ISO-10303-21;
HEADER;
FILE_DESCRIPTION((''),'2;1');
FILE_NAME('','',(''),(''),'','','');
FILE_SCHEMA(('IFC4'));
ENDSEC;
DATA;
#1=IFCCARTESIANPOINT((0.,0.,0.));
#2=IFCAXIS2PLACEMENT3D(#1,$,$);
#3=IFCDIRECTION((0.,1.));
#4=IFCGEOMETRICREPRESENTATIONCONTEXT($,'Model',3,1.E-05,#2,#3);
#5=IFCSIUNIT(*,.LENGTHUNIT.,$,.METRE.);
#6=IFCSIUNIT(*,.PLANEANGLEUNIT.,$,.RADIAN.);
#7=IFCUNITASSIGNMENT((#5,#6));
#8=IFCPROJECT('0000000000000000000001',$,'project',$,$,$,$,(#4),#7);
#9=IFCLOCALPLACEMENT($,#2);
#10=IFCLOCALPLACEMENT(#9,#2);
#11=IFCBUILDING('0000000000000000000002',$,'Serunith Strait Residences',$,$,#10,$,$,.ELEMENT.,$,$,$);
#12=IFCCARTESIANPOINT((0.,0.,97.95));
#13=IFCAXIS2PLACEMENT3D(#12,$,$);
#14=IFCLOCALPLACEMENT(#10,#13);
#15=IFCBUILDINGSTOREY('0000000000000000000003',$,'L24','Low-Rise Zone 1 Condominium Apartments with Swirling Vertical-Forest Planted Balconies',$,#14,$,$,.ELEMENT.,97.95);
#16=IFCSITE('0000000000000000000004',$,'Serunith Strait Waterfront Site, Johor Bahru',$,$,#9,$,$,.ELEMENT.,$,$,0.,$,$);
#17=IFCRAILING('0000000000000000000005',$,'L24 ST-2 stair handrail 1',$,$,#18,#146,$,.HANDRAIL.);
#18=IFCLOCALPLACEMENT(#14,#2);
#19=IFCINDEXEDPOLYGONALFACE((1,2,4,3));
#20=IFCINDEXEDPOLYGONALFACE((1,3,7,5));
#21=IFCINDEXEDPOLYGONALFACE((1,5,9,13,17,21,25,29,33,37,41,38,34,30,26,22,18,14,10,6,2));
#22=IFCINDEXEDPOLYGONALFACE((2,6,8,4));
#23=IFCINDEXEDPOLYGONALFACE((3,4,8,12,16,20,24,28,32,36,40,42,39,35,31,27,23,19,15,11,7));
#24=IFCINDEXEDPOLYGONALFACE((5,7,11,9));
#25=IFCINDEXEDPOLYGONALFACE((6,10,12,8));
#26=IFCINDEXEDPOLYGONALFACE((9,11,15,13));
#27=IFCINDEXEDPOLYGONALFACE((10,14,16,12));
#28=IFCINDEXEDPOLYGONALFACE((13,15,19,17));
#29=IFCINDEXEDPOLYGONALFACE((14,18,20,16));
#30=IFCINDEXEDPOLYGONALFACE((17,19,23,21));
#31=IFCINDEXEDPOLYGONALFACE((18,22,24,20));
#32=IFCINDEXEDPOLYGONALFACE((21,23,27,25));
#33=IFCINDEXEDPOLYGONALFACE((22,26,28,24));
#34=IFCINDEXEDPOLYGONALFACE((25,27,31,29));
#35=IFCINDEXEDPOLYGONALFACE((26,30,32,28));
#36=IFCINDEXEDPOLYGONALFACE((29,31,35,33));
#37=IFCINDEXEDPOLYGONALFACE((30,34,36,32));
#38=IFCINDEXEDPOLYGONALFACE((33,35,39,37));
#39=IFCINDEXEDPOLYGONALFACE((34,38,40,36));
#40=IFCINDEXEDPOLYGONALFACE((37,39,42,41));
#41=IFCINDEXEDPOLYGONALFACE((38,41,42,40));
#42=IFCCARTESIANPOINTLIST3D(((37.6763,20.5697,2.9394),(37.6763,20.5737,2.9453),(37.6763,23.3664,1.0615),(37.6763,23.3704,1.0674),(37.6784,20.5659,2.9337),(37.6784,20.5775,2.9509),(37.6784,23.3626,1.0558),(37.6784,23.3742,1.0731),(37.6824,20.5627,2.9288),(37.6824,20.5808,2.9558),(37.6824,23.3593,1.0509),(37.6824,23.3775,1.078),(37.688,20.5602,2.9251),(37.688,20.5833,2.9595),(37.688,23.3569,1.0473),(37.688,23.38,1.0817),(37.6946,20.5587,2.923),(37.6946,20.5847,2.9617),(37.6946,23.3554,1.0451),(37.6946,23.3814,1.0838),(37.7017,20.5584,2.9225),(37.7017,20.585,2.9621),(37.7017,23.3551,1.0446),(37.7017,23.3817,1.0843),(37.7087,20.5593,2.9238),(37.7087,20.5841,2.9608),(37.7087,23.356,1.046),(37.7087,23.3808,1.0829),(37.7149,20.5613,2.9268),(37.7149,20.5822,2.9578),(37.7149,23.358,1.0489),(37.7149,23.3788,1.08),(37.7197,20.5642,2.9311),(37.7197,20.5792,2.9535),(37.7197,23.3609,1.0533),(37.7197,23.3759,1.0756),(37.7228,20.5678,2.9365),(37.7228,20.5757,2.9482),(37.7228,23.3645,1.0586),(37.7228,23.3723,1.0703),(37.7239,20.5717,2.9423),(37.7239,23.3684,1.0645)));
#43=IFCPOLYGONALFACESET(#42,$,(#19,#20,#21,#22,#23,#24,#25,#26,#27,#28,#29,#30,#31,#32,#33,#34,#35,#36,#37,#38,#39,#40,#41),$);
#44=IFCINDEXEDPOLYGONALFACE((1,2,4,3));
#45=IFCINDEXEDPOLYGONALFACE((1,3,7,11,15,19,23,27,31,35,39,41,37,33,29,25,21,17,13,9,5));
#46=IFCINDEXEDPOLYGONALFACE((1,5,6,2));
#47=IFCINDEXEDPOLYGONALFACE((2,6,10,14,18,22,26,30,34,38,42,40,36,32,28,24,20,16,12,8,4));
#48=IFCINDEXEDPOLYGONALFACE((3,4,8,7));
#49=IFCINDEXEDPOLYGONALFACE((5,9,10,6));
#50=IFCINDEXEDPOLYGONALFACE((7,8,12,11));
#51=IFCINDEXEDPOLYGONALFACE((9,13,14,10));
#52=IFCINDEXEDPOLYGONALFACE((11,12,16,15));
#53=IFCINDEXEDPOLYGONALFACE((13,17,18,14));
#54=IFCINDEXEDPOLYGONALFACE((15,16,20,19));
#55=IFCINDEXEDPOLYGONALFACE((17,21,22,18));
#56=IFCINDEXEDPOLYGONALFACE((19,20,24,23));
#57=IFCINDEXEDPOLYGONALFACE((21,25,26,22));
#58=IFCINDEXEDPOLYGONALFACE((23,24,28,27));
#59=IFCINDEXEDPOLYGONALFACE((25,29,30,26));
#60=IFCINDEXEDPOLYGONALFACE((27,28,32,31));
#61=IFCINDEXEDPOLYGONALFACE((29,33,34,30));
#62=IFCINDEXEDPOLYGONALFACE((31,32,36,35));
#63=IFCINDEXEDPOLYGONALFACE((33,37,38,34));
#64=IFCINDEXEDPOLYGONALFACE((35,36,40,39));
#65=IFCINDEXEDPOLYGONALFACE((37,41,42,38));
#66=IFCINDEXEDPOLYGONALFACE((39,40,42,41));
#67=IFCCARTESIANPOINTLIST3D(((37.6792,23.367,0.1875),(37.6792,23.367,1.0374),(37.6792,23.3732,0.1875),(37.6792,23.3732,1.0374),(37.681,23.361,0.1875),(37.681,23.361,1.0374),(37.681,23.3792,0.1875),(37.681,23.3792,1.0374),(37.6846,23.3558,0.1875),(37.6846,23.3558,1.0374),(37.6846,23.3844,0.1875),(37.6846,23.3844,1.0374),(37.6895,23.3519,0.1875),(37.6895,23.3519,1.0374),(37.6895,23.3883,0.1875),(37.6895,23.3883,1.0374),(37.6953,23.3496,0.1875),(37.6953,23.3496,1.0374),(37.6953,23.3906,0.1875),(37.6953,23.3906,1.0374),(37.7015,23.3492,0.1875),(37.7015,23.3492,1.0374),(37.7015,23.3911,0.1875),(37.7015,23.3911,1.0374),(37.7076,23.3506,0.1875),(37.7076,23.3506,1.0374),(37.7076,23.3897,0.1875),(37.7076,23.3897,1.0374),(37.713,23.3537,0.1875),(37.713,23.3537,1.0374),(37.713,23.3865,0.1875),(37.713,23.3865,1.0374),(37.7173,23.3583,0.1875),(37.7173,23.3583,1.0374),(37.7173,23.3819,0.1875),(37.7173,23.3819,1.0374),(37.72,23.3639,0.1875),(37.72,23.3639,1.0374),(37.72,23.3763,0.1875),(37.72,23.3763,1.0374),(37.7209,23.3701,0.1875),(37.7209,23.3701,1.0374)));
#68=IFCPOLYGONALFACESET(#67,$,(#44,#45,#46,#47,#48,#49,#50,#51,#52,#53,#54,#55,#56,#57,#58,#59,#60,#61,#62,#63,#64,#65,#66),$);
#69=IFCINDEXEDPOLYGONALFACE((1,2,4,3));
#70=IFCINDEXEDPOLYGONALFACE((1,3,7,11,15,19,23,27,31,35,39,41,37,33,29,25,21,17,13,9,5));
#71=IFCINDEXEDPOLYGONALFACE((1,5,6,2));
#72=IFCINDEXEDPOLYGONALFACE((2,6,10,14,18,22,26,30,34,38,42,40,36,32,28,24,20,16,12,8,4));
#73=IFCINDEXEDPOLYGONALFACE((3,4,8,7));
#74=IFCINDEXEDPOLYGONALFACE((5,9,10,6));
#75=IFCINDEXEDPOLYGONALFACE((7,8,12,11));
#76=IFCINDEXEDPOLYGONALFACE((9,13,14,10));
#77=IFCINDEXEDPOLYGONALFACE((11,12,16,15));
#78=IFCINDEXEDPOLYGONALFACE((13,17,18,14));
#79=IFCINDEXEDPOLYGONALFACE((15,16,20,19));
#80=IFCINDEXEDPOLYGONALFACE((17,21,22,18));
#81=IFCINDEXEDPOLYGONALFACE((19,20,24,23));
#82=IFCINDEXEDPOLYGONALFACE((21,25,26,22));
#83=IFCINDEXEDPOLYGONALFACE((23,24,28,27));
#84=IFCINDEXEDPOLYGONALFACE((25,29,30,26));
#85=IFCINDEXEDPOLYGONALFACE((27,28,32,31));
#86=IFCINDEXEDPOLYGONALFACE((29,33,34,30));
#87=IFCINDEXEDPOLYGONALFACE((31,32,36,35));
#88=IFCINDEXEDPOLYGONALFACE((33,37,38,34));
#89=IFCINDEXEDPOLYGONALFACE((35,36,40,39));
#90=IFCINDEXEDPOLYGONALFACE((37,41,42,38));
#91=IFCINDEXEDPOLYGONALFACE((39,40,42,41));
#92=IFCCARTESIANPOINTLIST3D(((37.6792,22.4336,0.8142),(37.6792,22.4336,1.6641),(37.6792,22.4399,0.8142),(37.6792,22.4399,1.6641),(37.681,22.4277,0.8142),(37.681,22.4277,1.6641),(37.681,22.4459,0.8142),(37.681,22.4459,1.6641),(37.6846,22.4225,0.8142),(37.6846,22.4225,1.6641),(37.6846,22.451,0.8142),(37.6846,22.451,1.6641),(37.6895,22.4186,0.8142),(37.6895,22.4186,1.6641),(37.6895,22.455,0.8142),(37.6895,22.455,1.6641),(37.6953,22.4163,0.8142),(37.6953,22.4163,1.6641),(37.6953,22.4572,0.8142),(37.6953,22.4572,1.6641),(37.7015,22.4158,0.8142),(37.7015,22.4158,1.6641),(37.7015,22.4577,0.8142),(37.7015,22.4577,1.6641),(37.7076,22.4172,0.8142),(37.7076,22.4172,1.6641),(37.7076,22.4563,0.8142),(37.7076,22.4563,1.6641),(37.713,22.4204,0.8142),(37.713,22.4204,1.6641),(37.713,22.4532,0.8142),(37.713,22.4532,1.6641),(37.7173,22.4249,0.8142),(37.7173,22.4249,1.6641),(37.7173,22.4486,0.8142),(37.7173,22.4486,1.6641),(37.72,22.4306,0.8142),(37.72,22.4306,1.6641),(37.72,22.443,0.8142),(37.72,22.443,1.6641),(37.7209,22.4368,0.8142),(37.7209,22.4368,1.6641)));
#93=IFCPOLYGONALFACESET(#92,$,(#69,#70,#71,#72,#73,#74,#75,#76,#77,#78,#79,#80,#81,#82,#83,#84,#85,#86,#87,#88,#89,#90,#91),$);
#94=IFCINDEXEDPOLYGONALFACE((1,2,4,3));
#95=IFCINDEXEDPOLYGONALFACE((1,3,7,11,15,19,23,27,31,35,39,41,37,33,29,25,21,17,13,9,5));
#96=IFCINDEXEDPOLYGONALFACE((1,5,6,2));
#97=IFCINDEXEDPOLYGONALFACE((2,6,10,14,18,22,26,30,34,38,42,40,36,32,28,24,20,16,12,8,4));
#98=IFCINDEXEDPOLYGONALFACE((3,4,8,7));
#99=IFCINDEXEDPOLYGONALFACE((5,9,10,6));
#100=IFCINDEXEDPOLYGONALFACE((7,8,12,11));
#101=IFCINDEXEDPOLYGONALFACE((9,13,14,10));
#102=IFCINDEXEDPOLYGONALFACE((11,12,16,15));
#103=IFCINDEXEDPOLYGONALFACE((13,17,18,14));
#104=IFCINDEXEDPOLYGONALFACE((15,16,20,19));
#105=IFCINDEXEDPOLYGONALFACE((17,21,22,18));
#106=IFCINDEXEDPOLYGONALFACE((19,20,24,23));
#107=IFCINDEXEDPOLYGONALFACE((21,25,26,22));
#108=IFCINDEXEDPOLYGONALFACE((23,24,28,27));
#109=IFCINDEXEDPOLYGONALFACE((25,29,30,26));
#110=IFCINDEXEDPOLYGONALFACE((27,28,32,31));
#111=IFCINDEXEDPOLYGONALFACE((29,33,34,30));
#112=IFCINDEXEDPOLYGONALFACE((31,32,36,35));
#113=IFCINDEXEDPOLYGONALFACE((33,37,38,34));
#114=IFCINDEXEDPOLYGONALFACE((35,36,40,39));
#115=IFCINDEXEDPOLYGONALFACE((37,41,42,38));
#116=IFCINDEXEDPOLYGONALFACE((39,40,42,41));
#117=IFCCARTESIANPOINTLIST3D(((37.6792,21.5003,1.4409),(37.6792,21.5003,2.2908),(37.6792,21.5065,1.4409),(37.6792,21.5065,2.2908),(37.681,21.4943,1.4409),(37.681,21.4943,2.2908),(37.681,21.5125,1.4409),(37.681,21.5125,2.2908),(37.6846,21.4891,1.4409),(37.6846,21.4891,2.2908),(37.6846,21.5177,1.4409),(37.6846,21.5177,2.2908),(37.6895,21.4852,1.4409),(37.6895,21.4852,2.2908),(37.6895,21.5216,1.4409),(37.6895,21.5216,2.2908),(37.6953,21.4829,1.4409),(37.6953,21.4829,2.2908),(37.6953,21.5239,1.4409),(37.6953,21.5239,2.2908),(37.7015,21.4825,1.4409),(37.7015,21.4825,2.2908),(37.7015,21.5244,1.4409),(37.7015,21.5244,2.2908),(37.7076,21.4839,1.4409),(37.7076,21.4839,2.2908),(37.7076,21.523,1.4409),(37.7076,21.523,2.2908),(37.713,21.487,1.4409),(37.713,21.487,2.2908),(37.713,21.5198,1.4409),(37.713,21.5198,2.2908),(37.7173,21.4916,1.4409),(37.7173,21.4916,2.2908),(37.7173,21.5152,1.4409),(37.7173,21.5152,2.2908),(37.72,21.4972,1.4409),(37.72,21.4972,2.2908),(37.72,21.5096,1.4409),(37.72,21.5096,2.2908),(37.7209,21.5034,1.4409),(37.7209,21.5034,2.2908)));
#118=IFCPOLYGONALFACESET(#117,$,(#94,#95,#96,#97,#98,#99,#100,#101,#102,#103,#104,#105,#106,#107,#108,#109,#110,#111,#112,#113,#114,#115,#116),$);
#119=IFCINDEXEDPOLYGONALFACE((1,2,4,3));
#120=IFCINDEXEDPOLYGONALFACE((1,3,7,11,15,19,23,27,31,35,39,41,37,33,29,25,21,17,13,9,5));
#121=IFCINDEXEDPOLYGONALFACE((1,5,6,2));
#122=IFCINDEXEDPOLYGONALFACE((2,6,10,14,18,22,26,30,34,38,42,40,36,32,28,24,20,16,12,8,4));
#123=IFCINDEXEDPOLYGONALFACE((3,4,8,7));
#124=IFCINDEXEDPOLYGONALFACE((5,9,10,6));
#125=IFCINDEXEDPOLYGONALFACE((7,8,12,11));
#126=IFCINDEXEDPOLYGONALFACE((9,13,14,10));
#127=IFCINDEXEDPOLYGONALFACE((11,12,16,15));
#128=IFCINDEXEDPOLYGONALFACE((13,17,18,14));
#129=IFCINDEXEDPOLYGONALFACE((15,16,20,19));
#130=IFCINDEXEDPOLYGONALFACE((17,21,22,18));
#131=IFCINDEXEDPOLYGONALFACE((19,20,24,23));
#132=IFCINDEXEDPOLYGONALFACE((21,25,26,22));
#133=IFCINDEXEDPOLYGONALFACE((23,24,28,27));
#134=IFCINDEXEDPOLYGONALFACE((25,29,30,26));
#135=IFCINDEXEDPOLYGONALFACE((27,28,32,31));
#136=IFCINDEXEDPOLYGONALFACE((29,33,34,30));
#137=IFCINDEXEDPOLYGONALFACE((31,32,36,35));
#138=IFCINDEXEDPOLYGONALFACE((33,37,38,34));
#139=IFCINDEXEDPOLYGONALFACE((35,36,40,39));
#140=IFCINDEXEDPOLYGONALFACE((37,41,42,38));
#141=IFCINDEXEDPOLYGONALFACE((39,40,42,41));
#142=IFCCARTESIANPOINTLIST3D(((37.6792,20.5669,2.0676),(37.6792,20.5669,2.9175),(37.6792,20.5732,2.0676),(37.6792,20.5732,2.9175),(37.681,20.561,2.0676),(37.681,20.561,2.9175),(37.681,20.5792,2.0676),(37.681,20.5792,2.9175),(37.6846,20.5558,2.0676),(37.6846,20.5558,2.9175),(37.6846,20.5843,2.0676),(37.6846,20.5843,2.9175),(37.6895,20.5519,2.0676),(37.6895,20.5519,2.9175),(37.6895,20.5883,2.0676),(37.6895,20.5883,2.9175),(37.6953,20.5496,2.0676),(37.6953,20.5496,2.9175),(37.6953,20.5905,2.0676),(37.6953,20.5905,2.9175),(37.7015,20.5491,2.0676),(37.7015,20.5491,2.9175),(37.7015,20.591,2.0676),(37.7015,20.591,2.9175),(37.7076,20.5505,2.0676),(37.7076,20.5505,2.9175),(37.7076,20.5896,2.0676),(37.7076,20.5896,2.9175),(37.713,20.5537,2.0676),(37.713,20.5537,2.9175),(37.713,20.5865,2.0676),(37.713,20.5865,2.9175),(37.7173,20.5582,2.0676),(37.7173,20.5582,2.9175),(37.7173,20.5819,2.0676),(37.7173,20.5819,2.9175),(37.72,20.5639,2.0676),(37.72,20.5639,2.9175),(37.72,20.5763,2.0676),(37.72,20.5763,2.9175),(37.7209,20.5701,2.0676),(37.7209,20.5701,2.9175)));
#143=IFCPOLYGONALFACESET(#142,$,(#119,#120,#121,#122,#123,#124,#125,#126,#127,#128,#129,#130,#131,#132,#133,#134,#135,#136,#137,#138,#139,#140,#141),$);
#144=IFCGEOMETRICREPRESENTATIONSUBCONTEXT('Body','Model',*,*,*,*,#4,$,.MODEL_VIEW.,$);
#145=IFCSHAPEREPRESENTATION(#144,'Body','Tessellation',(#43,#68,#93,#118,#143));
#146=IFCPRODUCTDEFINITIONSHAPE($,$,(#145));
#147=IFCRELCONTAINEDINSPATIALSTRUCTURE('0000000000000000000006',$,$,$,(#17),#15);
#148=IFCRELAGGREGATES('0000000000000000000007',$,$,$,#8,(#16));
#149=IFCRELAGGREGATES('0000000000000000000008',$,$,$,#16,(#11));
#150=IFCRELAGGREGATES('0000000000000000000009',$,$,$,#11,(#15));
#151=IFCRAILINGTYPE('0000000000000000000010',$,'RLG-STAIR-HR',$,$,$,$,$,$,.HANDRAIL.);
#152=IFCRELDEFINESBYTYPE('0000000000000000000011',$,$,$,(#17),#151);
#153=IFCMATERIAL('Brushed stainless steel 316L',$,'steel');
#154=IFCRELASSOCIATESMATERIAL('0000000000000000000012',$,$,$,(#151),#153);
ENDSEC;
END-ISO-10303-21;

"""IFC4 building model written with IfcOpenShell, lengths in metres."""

from ifc_helpers import new_model, si_unit, direction, frame, origin, origin_2d, place, context, subcontext, project, spatial, circle, extrude, material, type_object, element, save


model = new_model("IFC4")

# Units and contexts
model_context = context("Model", 3, precision=1e-05, world=origin(), true_north=direction((0.0, 1.0)))
body_context = subcontext(model_context, "Body", "Model", "MODEL_VIEW")
ifc_project = project(units=[si_unit("LENGTHUNIT", "METRE"), si_unit("PLANEANGLEUNIT", "RADIAN")], contexts=[model_context])

# Site, building, storey
site_placement = place(None, origin())
site = spatial("IfcSite", under=ifc_project, at=site_placement, Name="Serunith Strait Waterfront Site, Johor Bahru", CompositionType="ELEMENT", RefElevation=0.0)
building_placement = place(site_placement, origin())
building = spatial("IfcBuilding", under=site, at=building_placement, Name="Serunith Strait Residences", CompositionType="ELEMENT")
storey_placement = place(building_placement, frame((0.0, 0.0, 97.95)))
storey = spatial("IfcBuildingStorey", under=building, at=storey_placement, Name="L24", Description="Low-Rise Zone 1 Condominium Apartments with Swirling Vertical-Forest Planted Balconies", CompositionType="ELEMENT", Elevation=97.95)

# Railing
ifc_material_1 = material(Name="Brushed stainless steel 316L", Category="steel")
railing_type_1 = type_object("IfcRailingType", Name="RLG-STAIR-HR", PredefinedType="HANDRAIL", material=ifc_material_1)
railing_1_placement = place(storey_placement, frame((37.7, 23.3701, 0.1875)))
element("IfcRailing", 1, at=railing_1_placement, inside=storey, type_object=railing_type_1, Name="L24 ST-2 stair handrail 1", PredefinedType="HANDRAIL", context=body_context, shape_type="SweptSolid", body=[
    extrude(circle(Radius=0.0239, at=origin_2d()), frame((0.0, -0.0017, 0.877), z_axis=(0.0, -0.830208, 0.557453), x_axis=(1.0, 0.0, 0.0)), (0.0, 0.0, 1.0), 3.3687),
    extrude(circle(Radius=0.021, at=origin_2d()), origin(), (0.0, 0.0, 1.0), 0.8499),
    extrude(circle(Radius=0.021, at=origin_2d()), frame((0.0, -0.9333, 0.6267)), (0.0, 0.0, 1.0), 0.8499),
    extrude(circle(Radius=0.021, at=origin_2d()), frame((0.0, -1.8667, 1.2534)), (0.0, 0.0, 1.0), 0.8499),
    extrude(circle(Radius=0.021, at=origin_2d()), frame((0.0, -2.8, 1.8801)), (0.0, 0.0, 1.0), 0.8499),
])

save(model, "model.ifc")
